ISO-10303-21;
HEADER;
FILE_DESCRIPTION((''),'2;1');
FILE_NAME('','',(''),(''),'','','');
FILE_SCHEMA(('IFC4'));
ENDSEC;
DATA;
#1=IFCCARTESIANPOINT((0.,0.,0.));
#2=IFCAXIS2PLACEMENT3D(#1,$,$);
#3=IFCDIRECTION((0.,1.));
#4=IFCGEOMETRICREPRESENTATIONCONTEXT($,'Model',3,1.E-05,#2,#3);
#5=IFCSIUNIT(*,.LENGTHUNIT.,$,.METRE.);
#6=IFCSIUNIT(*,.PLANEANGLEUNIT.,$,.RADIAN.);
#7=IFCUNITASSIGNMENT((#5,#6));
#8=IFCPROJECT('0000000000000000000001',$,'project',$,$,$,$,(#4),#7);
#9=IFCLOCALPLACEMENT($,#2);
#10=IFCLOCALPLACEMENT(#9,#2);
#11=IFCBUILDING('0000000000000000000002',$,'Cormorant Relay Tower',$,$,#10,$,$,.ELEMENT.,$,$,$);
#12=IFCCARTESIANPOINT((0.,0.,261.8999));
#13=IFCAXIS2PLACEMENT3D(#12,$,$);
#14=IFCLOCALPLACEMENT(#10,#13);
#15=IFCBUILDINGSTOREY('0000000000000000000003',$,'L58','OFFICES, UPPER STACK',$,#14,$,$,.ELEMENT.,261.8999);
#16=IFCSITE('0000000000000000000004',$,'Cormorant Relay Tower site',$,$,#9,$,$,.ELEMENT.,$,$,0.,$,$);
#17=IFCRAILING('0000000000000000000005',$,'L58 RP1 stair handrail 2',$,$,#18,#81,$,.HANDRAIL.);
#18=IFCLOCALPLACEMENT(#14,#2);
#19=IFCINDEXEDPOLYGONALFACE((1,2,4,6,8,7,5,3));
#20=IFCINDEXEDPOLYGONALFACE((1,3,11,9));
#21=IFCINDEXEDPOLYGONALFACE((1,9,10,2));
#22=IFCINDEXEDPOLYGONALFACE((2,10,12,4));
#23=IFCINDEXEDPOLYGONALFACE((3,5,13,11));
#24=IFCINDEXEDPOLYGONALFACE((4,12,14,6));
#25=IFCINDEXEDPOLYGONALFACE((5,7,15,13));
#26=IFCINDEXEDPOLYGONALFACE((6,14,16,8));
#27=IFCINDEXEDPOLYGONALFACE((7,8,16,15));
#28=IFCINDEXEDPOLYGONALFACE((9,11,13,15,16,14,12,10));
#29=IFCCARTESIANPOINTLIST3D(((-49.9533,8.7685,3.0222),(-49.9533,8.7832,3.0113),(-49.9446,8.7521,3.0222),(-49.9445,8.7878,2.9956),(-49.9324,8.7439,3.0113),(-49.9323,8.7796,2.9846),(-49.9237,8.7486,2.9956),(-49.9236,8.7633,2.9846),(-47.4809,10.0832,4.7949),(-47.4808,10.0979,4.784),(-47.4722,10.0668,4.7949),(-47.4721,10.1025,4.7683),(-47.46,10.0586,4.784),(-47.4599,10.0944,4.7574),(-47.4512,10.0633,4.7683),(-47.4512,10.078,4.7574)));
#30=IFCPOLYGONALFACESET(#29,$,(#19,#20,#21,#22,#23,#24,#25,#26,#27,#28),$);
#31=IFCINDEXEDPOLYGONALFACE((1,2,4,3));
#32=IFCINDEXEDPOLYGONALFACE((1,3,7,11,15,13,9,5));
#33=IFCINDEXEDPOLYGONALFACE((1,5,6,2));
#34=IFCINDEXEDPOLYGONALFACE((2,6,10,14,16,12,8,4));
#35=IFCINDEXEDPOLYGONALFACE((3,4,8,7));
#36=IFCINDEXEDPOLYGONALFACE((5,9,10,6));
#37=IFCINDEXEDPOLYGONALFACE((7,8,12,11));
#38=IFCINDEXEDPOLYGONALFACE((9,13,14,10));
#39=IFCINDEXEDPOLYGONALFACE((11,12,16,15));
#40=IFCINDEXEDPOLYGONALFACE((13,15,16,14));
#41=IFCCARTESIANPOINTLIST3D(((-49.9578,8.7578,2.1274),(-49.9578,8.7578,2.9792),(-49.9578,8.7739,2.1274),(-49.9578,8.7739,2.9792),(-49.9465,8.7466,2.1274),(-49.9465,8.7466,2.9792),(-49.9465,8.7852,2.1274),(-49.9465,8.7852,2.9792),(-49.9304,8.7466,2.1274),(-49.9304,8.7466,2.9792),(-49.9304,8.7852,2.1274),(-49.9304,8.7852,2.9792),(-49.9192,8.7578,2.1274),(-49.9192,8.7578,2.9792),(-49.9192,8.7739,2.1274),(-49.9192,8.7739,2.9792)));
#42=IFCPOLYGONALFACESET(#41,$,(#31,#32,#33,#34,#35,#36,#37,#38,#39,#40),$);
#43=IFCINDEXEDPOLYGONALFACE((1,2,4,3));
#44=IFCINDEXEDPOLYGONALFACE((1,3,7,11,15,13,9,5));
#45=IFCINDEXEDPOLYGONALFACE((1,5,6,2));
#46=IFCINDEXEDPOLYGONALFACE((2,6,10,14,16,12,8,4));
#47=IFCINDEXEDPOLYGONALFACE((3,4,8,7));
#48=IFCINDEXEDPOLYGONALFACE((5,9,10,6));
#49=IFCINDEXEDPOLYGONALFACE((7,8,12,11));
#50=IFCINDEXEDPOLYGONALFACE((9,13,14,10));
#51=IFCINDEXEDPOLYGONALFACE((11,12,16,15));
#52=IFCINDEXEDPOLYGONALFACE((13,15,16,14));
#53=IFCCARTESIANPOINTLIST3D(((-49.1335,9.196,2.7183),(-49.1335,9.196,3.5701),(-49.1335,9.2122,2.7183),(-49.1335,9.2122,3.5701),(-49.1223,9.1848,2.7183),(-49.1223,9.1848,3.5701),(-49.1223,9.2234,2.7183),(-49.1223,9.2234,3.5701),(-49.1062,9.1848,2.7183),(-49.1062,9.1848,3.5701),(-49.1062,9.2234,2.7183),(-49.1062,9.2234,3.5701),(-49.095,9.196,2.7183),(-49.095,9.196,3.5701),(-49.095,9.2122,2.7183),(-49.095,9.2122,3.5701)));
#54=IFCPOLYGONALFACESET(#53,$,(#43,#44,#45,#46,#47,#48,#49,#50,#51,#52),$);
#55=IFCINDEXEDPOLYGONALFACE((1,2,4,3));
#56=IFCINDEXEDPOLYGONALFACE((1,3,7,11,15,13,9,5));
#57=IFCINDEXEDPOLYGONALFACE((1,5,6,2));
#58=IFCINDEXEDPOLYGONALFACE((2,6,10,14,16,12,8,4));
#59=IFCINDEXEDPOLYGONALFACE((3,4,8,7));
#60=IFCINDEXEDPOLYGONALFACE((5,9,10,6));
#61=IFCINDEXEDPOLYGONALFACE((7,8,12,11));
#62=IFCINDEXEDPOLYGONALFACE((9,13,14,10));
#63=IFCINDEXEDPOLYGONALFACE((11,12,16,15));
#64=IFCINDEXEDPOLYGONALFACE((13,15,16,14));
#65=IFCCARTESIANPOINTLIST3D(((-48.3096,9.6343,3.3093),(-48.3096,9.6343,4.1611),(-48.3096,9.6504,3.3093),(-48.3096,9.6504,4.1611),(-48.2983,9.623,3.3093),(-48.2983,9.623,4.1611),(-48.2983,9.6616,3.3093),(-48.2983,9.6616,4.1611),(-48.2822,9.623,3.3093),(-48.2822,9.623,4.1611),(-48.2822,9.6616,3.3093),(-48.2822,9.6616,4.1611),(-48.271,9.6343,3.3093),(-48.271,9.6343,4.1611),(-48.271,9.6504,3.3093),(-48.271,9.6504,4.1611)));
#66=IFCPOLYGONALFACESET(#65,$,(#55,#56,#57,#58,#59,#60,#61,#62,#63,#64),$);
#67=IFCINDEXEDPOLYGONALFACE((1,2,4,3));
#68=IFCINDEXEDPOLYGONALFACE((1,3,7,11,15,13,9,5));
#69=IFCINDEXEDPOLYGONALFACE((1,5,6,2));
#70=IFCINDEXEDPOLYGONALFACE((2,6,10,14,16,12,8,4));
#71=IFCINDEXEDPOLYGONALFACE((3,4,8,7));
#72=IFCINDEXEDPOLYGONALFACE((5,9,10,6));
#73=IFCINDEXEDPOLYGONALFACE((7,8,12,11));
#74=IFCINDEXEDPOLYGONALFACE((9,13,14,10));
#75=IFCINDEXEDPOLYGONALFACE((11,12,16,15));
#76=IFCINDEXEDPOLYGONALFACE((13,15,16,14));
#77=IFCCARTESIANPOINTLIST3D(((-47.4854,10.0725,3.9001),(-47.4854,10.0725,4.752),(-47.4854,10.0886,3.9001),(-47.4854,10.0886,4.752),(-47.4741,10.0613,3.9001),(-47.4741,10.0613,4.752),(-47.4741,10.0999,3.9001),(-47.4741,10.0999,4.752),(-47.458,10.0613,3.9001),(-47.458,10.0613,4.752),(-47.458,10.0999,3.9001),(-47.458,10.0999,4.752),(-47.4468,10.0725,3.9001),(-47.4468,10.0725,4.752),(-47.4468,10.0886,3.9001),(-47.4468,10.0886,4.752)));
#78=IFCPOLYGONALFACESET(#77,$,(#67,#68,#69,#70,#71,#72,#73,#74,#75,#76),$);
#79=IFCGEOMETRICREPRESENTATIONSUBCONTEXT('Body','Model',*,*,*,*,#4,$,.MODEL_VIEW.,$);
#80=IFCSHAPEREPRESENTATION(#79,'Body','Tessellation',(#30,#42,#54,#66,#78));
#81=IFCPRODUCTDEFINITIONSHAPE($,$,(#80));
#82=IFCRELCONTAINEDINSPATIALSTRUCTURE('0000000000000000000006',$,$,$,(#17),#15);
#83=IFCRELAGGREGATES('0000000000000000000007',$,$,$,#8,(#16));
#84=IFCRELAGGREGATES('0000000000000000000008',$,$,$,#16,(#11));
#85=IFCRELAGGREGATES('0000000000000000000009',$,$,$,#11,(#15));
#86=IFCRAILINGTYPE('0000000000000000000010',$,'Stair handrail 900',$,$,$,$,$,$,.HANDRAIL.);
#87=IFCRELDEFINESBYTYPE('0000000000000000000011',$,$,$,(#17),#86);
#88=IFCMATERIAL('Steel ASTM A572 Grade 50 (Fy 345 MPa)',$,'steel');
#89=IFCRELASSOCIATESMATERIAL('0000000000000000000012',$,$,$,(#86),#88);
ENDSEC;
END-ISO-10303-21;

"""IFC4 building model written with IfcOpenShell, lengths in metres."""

from ifc_helpers import new_model, si_unit, direction, frame, origin, place, context, subcontext, project, spatial, polyline, outline, extrude, material, type_object, element, save


model = new_model("IFC4")

# Units and contexts
model_context = context("Model", 3, precision=1e-05, world=origin(), true_north=direction((0.0, 1.0)))
body_context = subcontext(model_context, "Body", "Model", "MODEL_VIEW")
ifc_project = project(units=[si_unit("LENGTHUNIT", "METRE"), si_unit("PLANEANGLEUNIT", "RADIAN")], contexts=[model_context])

# Site, building, storey
site_placement = place(None, origin())
site = spatial("IfcSite", under=ifc_project, at=site_placement, Name="Cormorant Relay Tower site", CompositionType="ELEMENT", RefElevation=0.0)
building_placement = place(site_placement, origin())
building = spatial("IfcBuilding", under=site, at=building_placement, Name="Cormorant Relay Tower", CompositionType="ELEMENT")
storey_placement = place(building_placement, frame((0.0, 0.0, 261.8999)))
storey = spatial("IfcBuildingStorey", under=building, at=storey_placement, Name="L58", Description="OFFICES, UPPER STACK", CompositionType="ELEMENT", Elevation=261.8999)

# Railing
ifc_material_1 = material(Name="Steel ASTM A572 Grade 50 (Fy 345 MPa)", Category="steel")
railing_type_1 = type_object("IfcRailingType", Name="Stair handrail 900", PredefinedType="HANDRAIL", material=ifc_material_1)
railing_1_placement = place(storey_placement, frame((-49.9385, 8.7659, 2.1274)))
element("IfcRailing", 1, at=railing_1_placement, inside=storey, type_object=railing_type_1, Name="L58 RP1 stair handrail 2", PredefinedType="HANDRAIL", context=body_context, shape_type="SweptSolid", body=[
    extrude(outline(polyline([(0.0222, 0.0093), (0.0093, 0.0222), (-0.0093, 0.0222), (-0.0222, 0.0093), (-0.0222, -0.0093), (-0.0093, -0.0222), (0.0093, -0.0222), (0.0222, -0.0093), (0.0222, 0.0093)])), frame((0.0, 0.0, 0.876), z_axis=(0.746012, 0.39669, 0.534886), x_axis=(-0.469497, 0.882934, 0.0)), (0.0, 0.0, 1.0), 3.3142),
    extrude(outline(polyline([(0.0193, 0.0081), (0.0081, 0.0193), (-0.0081, 0.0193), (-0.0193, 0.0081), (-0.0193, -0.0081), (-0.0081, -0.0193), (0.0081, -0.0193), (0.0193, -0.0081), (0.0193, 0.0081)])), origin(), (0.0, 0.0, 1.0), 0.8518),
    extrude(outline(polyline([(0.0193, 0.0081), (0.0081, 0.0193), (-0.0081, 0.0193), (-0.0193, 0.0081), (-0.0193, -0.0081), (-0.0081, -0.0193), (0.0081, -0.0193), (0.0193, -0.0081), (0.0193, 0.0081)])), frame((0.8242, 0.4382, 0.5908)), (0.0, 0.0, 1.0), 0.8518),
    extrude(outline(polyline([(0.0193, 0.0081), (0.0081, 0.0193), (-0.0081, 0.0193), (-0.0193, 0.0081), (-0.0193, -0.0081), (-0.0081, -0.0193), (0.0081, -0.0193), (0.0193, -0.0081), (0.0193, 0.0081)])), frame((1.6482, 0.8765, 1.1819)), (0.0, 0.0, 1.0), 0.8518),
    extrude(outline(polyline([(0.0193, 0.0081), (0.0081, 0.0193), (-0.0081, 0.0193), (-0.0193, 0.0081), (-0.0193, -0.0081), (-0.0081, -0.0193), (0.0081, -0.0193), (0.0193, -0.0081), (0.0193, 0.0081)])), frame((2.4724, 1.3147, 1.7727)), (0.0, 0.0, 1.0), 0.8518),
])

save(model, "model.ifc")
